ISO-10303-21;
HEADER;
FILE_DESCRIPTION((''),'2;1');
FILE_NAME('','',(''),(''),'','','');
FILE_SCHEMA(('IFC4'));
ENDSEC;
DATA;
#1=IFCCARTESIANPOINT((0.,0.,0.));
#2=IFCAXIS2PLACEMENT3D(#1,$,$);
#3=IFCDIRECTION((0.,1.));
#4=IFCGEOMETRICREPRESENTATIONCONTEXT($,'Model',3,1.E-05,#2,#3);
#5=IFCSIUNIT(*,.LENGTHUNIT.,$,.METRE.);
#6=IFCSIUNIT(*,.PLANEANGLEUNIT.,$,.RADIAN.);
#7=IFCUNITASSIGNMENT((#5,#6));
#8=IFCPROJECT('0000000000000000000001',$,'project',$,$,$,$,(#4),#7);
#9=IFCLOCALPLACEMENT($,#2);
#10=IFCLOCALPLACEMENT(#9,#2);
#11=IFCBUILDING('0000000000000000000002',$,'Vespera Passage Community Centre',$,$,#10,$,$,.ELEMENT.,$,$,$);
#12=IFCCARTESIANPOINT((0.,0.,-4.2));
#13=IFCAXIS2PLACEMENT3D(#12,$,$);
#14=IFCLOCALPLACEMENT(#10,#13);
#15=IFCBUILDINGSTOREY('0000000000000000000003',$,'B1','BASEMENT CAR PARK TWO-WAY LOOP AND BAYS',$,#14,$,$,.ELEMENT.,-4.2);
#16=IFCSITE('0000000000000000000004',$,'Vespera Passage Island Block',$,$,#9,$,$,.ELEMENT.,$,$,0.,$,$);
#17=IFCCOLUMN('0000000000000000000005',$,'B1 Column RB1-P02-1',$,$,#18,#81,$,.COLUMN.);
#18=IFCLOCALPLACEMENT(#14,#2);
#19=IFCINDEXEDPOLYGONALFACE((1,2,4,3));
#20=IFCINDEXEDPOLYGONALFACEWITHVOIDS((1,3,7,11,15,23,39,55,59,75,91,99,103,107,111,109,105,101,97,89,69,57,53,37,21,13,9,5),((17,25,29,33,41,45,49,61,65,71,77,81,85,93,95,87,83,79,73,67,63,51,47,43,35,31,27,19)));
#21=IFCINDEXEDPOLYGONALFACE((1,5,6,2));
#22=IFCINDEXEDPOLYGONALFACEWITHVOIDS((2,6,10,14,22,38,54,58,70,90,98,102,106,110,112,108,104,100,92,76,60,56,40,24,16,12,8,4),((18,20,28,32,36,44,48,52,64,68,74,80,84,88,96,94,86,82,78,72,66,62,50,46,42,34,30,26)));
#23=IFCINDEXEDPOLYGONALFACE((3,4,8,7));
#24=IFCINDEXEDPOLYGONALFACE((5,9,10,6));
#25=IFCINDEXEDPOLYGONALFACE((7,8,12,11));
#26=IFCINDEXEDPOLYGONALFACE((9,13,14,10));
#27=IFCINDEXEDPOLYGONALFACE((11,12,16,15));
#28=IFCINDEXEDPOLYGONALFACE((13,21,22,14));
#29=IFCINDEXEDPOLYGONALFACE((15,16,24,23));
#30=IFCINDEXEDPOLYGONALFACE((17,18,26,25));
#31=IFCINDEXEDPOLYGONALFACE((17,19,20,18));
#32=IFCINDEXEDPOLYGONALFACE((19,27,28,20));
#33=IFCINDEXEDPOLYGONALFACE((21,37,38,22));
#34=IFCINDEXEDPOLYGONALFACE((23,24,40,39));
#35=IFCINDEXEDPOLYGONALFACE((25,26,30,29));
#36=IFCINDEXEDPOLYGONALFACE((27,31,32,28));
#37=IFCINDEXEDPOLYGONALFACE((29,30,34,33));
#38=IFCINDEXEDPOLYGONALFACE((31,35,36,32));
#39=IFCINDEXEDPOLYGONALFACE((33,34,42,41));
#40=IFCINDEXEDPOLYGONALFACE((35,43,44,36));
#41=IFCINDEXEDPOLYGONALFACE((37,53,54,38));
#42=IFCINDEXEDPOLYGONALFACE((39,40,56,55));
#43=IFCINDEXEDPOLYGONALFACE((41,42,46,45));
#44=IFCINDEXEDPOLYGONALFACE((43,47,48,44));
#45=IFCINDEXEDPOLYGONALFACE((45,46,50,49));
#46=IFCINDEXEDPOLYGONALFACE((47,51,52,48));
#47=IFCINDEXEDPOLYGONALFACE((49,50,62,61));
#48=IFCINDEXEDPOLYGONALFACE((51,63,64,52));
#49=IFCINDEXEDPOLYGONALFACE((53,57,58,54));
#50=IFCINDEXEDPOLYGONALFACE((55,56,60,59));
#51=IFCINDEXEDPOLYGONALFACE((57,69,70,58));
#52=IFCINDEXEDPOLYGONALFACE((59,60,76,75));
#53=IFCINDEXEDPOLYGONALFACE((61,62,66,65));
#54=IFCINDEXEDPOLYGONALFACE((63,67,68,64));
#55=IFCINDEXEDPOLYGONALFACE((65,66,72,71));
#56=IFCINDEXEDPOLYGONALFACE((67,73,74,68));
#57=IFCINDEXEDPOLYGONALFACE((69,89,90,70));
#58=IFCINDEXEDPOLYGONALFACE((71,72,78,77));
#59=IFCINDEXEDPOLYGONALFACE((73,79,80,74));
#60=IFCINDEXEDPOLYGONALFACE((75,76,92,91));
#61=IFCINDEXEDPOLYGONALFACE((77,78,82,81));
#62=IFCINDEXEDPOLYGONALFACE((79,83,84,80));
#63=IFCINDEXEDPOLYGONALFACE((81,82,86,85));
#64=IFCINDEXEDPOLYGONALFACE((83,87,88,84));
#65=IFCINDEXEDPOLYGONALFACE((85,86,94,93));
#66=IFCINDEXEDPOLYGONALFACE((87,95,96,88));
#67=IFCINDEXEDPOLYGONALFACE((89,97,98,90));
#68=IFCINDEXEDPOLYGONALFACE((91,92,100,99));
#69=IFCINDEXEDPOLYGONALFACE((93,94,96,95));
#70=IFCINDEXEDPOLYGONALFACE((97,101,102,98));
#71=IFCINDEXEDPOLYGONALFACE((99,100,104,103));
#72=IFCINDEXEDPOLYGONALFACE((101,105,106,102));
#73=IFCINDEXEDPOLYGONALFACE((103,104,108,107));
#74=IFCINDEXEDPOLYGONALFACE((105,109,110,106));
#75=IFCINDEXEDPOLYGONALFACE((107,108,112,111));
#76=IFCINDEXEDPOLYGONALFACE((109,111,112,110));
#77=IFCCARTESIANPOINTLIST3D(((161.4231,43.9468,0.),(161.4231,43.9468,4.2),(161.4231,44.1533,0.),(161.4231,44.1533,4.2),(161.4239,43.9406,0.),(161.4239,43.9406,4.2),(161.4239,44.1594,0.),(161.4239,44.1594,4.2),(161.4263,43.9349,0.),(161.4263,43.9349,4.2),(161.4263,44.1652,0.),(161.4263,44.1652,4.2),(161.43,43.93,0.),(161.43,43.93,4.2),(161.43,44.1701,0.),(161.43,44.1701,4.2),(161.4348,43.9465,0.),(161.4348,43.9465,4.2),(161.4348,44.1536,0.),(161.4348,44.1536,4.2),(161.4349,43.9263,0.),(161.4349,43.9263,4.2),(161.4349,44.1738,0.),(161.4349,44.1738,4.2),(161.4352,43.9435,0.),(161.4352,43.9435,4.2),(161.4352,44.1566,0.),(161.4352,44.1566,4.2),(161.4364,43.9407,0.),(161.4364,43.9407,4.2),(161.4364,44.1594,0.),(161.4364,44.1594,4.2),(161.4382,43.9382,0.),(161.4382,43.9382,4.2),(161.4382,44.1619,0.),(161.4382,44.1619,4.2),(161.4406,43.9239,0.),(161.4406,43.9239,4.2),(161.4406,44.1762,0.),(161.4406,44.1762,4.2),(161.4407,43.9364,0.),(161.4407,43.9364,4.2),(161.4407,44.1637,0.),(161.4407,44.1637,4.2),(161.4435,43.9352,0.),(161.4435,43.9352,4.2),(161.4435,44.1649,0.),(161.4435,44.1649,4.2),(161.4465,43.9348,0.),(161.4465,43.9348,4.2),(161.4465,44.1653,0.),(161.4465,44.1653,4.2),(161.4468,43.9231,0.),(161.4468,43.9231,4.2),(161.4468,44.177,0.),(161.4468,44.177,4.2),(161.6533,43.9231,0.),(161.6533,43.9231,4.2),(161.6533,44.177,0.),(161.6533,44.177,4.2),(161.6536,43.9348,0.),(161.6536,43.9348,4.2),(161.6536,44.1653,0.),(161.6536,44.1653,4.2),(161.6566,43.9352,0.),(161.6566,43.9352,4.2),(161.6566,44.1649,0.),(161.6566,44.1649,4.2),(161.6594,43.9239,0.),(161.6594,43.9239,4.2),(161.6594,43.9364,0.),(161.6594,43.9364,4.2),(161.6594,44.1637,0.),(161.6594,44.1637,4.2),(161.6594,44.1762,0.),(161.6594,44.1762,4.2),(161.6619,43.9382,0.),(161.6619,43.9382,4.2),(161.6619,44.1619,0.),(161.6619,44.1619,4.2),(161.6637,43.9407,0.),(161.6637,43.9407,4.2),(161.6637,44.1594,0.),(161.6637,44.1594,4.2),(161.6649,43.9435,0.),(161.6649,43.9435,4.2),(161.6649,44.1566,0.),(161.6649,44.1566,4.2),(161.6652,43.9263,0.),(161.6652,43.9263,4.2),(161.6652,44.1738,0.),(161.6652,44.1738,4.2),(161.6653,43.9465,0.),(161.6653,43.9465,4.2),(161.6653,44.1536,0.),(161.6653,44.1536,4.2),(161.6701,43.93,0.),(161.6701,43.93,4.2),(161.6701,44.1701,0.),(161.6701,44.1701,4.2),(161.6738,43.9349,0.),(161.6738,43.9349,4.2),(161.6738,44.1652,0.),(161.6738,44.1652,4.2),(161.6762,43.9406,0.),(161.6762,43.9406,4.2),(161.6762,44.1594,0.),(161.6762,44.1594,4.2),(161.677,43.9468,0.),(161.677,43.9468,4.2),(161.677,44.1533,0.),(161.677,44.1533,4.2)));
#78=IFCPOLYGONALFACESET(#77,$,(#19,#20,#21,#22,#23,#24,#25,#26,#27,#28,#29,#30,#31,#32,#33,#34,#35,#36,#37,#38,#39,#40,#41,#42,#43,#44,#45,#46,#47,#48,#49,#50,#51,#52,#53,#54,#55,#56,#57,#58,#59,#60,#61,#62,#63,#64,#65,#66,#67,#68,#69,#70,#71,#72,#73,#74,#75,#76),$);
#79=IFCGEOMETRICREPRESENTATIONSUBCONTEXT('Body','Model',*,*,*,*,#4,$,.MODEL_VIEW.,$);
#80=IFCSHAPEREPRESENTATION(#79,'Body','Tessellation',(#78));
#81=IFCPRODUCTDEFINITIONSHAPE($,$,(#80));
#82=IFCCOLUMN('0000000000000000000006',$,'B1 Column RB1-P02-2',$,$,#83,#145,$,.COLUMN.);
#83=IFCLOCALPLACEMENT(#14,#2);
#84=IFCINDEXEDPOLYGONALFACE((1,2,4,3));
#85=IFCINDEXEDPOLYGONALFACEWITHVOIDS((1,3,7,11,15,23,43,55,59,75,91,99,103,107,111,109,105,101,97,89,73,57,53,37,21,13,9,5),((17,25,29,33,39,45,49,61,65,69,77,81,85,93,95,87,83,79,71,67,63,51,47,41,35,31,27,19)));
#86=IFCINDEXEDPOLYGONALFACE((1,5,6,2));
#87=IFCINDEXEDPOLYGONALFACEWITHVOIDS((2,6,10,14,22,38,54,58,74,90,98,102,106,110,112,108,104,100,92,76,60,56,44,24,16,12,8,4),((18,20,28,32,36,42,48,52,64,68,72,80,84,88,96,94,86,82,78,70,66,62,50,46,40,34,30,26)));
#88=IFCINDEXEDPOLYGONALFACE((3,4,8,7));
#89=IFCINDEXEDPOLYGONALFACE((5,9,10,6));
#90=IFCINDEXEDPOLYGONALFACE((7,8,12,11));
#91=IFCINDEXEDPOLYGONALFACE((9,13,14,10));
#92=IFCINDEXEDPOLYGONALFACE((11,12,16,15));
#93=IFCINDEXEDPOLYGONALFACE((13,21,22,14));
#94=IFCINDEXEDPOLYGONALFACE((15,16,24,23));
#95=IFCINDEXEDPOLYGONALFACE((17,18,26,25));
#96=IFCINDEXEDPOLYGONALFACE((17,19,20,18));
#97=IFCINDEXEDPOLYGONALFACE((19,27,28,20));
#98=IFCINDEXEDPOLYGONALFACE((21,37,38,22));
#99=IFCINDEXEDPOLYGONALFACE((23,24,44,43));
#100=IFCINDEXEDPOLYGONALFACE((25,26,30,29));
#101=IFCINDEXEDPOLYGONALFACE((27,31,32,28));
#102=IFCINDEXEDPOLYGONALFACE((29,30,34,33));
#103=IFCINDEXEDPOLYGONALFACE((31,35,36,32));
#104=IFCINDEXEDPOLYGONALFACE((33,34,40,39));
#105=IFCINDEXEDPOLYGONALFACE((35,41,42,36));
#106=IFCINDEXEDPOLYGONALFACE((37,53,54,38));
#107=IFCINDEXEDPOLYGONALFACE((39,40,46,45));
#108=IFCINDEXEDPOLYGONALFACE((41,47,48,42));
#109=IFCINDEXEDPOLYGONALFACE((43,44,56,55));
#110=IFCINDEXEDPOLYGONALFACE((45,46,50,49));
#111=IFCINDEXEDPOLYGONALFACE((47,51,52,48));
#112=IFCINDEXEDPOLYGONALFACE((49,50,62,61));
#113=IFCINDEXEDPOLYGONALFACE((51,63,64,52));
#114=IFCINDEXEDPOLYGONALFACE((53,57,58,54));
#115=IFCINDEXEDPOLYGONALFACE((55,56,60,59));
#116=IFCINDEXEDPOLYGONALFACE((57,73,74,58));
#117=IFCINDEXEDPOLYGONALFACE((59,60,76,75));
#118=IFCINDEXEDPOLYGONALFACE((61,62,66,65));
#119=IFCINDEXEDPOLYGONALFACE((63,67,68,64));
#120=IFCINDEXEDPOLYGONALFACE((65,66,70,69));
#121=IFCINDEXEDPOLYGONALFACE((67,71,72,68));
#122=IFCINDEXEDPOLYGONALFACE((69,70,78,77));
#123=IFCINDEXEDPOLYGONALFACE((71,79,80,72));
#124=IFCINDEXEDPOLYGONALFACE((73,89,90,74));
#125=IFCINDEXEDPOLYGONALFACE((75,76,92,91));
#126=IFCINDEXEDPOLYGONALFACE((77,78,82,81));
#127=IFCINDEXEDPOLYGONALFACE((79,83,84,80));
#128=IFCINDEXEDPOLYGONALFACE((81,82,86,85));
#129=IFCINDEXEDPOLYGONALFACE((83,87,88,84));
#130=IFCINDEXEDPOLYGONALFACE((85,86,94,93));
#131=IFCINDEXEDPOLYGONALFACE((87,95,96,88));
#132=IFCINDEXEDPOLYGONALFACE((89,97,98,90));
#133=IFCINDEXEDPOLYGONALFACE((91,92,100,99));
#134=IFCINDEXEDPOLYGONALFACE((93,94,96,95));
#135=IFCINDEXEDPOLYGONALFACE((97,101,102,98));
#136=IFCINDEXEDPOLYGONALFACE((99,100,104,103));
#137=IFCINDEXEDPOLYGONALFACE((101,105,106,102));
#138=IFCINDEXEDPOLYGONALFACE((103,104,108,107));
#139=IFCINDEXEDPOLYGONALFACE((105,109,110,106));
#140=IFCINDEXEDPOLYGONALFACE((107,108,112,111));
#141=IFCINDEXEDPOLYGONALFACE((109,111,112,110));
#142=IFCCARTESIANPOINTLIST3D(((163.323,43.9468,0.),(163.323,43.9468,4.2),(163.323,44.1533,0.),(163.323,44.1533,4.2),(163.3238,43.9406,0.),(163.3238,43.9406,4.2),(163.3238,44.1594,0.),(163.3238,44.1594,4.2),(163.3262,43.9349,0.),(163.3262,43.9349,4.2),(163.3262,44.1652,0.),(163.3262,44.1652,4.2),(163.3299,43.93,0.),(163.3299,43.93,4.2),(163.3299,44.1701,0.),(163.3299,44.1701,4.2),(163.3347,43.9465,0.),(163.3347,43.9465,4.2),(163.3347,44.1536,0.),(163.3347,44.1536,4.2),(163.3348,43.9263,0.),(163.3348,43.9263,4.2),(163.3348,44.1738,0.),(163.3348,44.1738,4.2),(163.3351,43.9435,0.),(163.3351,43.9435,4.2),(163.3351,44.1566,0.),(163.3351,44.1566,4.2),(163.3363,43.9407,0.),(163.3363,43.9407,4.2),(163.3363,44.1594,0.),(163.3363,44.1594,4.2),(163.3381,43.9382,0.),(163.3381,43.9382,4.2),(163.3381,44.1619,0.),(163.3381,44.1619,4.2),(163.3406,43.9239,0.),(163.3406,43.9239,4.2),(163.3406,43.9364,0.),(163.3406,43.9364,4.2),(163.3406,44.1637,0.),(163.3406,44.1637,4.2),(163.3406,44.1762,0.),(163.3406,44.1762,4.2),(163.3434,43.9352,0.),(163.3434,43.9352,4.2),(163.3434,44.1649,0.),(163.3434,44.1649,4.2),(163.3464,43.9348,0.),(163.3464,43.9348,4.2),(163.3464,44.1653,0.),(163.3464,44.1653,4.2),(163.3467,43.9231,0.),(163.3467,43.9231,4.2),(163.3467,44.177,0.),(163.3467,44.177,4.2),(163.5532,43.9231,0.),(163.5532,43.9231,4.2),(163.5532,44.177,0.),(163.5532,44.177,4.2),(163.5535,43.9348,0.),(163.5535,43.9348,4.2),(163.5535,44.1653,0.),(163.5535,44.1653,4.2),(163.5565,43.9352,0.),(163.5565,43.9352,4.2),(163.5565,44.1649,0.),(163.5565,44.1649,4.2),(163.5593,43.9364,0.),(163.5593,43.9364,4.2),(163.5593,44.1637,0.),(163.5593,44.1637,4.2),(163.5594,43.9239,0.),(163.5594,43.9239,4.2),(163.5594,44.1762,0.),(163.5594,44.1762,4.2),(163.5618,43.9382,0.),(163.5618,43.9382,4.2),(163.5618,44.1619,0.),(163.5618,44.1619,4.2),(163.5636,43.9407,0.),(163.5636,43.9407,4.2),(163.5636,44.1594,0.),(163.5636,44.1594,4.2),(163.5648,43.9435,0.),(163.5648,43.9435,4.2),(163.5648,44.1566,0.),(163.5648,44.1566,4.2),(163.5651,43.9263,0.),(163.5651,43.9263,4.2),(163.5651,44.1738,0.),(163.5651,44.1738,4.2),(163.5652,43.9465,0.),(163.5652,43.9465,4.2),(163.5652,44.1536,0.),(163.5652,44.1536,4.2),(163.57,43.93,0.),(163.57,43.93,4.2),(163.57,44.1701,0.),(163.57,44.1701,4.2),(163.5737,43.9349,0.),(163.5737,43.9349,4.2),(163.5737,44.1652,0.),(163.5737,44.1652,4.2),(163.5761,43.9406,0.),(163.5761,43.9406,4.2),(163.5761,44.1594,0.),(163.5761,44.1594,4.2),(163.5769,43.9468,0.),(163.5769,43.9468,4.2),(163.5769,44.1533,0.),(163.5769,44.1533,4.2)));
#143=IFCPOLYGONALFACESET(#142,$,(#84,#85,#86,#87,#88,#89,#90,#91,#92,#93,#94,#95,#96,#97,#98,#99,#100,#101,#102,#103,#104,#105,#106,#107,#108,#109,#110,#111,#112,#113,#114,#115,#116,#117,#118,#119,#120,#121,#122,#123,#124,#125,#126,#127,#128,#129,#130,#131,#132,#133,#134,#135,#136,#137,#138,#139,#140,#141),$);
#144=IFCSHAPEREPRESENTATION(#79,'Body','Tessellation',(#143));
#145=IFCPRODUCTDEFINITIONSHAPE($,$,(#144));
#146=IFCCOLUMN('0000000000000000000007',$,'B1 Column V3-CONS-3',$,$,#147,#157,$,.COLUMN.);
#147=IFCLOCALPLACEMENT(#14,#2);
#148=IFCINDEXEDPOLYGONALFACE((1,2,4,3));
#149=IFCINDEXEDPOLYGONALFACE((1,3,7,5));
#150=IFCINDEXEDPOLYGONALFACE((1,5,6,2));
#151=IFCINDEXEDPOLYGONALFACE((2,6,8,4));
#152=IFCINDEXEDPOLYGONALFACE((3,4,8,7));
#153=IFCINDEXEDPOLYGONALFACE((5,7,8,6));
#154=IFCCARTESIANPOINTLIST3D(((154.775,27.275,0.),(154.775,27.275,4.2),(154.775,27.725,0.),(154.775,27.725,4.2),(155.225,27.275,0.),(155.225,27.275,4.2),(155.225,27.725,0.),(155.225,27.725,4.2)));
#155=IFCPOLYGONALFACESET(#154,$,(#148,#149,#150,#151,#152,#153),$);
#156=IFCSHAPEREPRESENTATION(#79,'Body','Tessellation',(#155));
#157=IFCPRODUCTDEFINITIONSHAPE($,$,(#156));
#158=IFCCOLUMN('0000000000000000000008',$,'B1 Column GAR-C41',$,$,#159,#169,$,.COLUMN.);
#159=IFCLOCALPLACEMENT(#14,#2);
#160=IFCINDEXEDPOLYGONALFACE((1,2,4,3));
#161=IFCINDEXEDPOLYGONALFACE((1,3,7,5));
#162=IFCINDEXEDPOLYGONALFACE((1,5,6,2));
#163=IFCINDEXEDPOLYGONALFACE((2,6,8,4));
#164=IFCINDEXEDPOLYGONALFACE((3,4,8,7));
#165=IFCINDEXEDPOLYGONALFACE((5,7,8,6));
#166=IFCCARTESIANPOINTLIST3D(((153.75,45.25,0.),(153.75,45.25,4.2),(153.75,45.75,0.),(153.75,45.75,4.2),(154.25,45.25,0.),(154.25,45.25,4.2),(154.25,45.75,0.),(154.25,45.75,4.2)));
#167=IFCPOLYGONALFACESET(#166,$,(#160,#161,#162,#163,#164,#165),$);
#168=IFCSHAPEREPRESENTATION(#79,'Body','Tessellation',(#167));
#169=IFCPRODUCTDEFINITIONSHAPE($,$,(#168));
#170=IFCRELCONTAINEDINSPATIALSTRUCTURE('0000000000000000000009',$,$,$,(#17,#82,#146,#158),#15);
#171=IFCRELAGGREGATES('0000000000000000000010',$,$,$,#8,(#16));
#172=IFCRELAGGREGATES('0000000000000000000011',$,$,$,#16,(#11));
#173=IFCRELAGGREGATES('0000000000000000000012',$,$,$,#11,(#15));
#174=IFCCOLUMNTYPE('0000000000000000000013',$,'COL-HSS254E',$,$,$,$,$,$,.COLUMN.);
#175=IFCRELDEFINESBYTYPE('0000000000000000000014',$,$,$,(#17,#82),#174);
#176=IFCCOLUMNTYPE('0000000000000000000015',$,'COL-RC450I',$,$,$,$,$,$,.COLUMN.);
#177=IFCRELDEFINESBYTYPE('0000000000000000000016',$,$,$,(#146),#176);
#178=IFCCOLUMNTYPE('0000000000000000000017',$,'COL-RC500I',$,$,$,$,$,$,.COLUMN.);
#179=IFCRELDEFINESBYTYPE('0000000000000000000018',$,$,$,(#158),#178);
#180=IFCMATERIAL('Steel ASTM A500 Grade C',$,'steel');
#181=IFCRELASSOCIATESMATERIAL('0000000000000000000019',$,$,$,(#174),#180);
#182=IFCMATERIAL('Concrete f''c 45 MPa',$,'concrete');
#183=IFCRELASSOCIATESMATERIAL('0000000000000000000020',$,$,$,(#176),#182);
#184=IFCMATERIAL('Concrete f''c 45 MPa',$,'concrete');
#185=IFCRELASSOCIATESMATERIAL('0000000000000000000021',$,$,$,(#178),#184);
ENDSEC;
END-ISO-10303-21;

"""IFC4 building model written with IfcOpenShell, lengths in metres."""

from ifc_helpers import new_model, si_unit, direction, frame, origin, origin_2d, place, context, subcontext, project, spatial, rectangle, hollow_rectangle, extrude, material, material_profile, profile_set, type_object, element, save


model = new_model("IFC4")

# Units and contexts
model_context = context("Model", 3, precision=1e-05, world=origin(), true_north=direction((0.0, 1.0)))
body_context = subcontext(model_context, "Body", "Model", "MODEL_VIEW")
ifc_project = project(units=[si_unit("LENGTHUNIT", "METRE"), si_unit("PLANEANGLEUNIT", "RADIAN")], contexts=[model_context])

# Site, building, storey
site_placement = place(None, origin())
site = spatial("IfcSite", under=ifc_project, at=site_placement, Name="Vespera Passage Island Block", CompositionType="ELEMENT", RefElevation=0.0)
building_placement = place(site_placement, origin())
building = spatial("IfcBuilding", under=site, at=building_placement, Name="Vespera Passage Community Centre", CompositionType="ELEMENT")
storey_placement = place(building_placement, frame((0.0, 0.0, -4.2)))
storey = spatial("IfcBuildingStorey", under=building, at=storey_placement, Name="B1", Description="BASEMENT CAR PARK TWO-WAY LOOP AND BAYS", CompositionType="ELEMENT", Elevation=-4.2)

# Columns
ifc_material_1 = material(Name="Steel ASTM A500 Grade C", Category="steel")
ifc_material_profile_1 = material_profile(ifc_material_1, hollow_rectangle(XDim=0.2539, YDim=0.2539, WallThickness=0.0117, InnerFilletRadius=0.0117, OuterFilletRadius=0.0237, at=origin_2d()), Name="HSS254X254X12.7")
ifc_profile_set_1 = profile_set([ifc_material_profile_1], Name="Steel ASTM A500 Grade C")
column_type_1 = type_object("IfcColumnType", Name="COL-HSS254E", PredefinedType="COLUMN", material=ifc_profile_set_1)
for number, where, z_axis, x_axis, name in (
    (1, (161.55, 44.05, 0.0), (0.0, 0.0, 1.0), (1.0, 0.0, 0.0), "B1 Column RB1-P02-1"),
    (2, (163.45, 44.05, 0.0), (0.0, 0.0, 1.0), (1.0, 0.0, 0.0), "B1 Column RB1-P02-2"),
):
    element("IfcColumn", number, at=place(storey_placement, frame(where, z_axis=z_axis, x_axis=x_axis)), inside=storey, type_object=column_type_1, Name=name, PredefinedType="COLUMN", context=body_context, shape_type="SweptSolid", body=[
        extrude(hollow_rectangle(XDim=0.2539, YDim=0.2539, WallThickness=0.0117, InnerFilletRadius=0.0117, OuterFilletRadius=0.0237, at=origin_2d()), origin(), (0.0, 0.0, 1.0), 4.2),
    ])
ifc_material_2 = material(Name="Concrete f'c 45 MPa", Category="concrete")
ifc_material_profile_2 = material_profile(ifc_material_2, rectangle(XDim=0.45, YDim=0.45, at=origin_2d()), Name="RC450X450")
ifc_profile_set_2 = profile_set([ifc_material_profile_2], Name="Concrete f'c 45 MPa")
column_type_2 = type_object("IfcColumnType", Name="COL-RC450I", PredefinedType="COLUMN", material=ifc_profile_set_2)
column_1_placement = place(storey_placement, frame((155.0, 27.5, 0.0), z_axis=(0.0, 0.0, 1.0), x_axis=(1.0, 0.0, 0.0)))
element("IfcColumn", 3, at=column_1_placement, inside=storey, type_object=column_type_2, Name="B1 Column V3-CONS-3", PredefinedType="COLUMN", context=body_context, shape_type="SweptSolid", body=[
    extrude(rectangle(XDim=0.45, YDim=0.45, at=origin_2d()), origin(), (0.0, 0.0, 1.0), 4.2),
])
ifc_material_3 = material(Name="Concrete f'c 45 MPa", Category="concrete")
ifc_material_profile_3 = material_profile(ifc_material_3, rectangle(XDim=0.5, YDim=0.5, at=origin_2d()), Name="RC500X500")
ifc_profile_set_3 = profile_set([ifc_material_profile_3], Name="Concrete f'c 45 MPa")
column_type_3 = type_object("IfcColumnType", Name="COL-RC500I", PredefinedType="COLUMN", material=ifc_profile_set_3)
column_2_placement = place(storey_placement, frame((154.0, 45.5, 0.0), z_axis=(0.0, 0.0, 1.0), x_axis=(1.0, 0.0, 0.0)))
element("IfcColumn", 4, at=column_2_placement, inside=storey, type_object=column_type_3, Name="B1 Column GAR-C41", PredefinedType="COLUMN", context=body_context, shape_type="SweptSolid", body=[
    extrude(rectangle(XDim=0.5, YDim=0.5, at=origin_2d()), origin(), (0.0, 0.0, 1.0), 4.2),
])

save(model, "model.ifc")
